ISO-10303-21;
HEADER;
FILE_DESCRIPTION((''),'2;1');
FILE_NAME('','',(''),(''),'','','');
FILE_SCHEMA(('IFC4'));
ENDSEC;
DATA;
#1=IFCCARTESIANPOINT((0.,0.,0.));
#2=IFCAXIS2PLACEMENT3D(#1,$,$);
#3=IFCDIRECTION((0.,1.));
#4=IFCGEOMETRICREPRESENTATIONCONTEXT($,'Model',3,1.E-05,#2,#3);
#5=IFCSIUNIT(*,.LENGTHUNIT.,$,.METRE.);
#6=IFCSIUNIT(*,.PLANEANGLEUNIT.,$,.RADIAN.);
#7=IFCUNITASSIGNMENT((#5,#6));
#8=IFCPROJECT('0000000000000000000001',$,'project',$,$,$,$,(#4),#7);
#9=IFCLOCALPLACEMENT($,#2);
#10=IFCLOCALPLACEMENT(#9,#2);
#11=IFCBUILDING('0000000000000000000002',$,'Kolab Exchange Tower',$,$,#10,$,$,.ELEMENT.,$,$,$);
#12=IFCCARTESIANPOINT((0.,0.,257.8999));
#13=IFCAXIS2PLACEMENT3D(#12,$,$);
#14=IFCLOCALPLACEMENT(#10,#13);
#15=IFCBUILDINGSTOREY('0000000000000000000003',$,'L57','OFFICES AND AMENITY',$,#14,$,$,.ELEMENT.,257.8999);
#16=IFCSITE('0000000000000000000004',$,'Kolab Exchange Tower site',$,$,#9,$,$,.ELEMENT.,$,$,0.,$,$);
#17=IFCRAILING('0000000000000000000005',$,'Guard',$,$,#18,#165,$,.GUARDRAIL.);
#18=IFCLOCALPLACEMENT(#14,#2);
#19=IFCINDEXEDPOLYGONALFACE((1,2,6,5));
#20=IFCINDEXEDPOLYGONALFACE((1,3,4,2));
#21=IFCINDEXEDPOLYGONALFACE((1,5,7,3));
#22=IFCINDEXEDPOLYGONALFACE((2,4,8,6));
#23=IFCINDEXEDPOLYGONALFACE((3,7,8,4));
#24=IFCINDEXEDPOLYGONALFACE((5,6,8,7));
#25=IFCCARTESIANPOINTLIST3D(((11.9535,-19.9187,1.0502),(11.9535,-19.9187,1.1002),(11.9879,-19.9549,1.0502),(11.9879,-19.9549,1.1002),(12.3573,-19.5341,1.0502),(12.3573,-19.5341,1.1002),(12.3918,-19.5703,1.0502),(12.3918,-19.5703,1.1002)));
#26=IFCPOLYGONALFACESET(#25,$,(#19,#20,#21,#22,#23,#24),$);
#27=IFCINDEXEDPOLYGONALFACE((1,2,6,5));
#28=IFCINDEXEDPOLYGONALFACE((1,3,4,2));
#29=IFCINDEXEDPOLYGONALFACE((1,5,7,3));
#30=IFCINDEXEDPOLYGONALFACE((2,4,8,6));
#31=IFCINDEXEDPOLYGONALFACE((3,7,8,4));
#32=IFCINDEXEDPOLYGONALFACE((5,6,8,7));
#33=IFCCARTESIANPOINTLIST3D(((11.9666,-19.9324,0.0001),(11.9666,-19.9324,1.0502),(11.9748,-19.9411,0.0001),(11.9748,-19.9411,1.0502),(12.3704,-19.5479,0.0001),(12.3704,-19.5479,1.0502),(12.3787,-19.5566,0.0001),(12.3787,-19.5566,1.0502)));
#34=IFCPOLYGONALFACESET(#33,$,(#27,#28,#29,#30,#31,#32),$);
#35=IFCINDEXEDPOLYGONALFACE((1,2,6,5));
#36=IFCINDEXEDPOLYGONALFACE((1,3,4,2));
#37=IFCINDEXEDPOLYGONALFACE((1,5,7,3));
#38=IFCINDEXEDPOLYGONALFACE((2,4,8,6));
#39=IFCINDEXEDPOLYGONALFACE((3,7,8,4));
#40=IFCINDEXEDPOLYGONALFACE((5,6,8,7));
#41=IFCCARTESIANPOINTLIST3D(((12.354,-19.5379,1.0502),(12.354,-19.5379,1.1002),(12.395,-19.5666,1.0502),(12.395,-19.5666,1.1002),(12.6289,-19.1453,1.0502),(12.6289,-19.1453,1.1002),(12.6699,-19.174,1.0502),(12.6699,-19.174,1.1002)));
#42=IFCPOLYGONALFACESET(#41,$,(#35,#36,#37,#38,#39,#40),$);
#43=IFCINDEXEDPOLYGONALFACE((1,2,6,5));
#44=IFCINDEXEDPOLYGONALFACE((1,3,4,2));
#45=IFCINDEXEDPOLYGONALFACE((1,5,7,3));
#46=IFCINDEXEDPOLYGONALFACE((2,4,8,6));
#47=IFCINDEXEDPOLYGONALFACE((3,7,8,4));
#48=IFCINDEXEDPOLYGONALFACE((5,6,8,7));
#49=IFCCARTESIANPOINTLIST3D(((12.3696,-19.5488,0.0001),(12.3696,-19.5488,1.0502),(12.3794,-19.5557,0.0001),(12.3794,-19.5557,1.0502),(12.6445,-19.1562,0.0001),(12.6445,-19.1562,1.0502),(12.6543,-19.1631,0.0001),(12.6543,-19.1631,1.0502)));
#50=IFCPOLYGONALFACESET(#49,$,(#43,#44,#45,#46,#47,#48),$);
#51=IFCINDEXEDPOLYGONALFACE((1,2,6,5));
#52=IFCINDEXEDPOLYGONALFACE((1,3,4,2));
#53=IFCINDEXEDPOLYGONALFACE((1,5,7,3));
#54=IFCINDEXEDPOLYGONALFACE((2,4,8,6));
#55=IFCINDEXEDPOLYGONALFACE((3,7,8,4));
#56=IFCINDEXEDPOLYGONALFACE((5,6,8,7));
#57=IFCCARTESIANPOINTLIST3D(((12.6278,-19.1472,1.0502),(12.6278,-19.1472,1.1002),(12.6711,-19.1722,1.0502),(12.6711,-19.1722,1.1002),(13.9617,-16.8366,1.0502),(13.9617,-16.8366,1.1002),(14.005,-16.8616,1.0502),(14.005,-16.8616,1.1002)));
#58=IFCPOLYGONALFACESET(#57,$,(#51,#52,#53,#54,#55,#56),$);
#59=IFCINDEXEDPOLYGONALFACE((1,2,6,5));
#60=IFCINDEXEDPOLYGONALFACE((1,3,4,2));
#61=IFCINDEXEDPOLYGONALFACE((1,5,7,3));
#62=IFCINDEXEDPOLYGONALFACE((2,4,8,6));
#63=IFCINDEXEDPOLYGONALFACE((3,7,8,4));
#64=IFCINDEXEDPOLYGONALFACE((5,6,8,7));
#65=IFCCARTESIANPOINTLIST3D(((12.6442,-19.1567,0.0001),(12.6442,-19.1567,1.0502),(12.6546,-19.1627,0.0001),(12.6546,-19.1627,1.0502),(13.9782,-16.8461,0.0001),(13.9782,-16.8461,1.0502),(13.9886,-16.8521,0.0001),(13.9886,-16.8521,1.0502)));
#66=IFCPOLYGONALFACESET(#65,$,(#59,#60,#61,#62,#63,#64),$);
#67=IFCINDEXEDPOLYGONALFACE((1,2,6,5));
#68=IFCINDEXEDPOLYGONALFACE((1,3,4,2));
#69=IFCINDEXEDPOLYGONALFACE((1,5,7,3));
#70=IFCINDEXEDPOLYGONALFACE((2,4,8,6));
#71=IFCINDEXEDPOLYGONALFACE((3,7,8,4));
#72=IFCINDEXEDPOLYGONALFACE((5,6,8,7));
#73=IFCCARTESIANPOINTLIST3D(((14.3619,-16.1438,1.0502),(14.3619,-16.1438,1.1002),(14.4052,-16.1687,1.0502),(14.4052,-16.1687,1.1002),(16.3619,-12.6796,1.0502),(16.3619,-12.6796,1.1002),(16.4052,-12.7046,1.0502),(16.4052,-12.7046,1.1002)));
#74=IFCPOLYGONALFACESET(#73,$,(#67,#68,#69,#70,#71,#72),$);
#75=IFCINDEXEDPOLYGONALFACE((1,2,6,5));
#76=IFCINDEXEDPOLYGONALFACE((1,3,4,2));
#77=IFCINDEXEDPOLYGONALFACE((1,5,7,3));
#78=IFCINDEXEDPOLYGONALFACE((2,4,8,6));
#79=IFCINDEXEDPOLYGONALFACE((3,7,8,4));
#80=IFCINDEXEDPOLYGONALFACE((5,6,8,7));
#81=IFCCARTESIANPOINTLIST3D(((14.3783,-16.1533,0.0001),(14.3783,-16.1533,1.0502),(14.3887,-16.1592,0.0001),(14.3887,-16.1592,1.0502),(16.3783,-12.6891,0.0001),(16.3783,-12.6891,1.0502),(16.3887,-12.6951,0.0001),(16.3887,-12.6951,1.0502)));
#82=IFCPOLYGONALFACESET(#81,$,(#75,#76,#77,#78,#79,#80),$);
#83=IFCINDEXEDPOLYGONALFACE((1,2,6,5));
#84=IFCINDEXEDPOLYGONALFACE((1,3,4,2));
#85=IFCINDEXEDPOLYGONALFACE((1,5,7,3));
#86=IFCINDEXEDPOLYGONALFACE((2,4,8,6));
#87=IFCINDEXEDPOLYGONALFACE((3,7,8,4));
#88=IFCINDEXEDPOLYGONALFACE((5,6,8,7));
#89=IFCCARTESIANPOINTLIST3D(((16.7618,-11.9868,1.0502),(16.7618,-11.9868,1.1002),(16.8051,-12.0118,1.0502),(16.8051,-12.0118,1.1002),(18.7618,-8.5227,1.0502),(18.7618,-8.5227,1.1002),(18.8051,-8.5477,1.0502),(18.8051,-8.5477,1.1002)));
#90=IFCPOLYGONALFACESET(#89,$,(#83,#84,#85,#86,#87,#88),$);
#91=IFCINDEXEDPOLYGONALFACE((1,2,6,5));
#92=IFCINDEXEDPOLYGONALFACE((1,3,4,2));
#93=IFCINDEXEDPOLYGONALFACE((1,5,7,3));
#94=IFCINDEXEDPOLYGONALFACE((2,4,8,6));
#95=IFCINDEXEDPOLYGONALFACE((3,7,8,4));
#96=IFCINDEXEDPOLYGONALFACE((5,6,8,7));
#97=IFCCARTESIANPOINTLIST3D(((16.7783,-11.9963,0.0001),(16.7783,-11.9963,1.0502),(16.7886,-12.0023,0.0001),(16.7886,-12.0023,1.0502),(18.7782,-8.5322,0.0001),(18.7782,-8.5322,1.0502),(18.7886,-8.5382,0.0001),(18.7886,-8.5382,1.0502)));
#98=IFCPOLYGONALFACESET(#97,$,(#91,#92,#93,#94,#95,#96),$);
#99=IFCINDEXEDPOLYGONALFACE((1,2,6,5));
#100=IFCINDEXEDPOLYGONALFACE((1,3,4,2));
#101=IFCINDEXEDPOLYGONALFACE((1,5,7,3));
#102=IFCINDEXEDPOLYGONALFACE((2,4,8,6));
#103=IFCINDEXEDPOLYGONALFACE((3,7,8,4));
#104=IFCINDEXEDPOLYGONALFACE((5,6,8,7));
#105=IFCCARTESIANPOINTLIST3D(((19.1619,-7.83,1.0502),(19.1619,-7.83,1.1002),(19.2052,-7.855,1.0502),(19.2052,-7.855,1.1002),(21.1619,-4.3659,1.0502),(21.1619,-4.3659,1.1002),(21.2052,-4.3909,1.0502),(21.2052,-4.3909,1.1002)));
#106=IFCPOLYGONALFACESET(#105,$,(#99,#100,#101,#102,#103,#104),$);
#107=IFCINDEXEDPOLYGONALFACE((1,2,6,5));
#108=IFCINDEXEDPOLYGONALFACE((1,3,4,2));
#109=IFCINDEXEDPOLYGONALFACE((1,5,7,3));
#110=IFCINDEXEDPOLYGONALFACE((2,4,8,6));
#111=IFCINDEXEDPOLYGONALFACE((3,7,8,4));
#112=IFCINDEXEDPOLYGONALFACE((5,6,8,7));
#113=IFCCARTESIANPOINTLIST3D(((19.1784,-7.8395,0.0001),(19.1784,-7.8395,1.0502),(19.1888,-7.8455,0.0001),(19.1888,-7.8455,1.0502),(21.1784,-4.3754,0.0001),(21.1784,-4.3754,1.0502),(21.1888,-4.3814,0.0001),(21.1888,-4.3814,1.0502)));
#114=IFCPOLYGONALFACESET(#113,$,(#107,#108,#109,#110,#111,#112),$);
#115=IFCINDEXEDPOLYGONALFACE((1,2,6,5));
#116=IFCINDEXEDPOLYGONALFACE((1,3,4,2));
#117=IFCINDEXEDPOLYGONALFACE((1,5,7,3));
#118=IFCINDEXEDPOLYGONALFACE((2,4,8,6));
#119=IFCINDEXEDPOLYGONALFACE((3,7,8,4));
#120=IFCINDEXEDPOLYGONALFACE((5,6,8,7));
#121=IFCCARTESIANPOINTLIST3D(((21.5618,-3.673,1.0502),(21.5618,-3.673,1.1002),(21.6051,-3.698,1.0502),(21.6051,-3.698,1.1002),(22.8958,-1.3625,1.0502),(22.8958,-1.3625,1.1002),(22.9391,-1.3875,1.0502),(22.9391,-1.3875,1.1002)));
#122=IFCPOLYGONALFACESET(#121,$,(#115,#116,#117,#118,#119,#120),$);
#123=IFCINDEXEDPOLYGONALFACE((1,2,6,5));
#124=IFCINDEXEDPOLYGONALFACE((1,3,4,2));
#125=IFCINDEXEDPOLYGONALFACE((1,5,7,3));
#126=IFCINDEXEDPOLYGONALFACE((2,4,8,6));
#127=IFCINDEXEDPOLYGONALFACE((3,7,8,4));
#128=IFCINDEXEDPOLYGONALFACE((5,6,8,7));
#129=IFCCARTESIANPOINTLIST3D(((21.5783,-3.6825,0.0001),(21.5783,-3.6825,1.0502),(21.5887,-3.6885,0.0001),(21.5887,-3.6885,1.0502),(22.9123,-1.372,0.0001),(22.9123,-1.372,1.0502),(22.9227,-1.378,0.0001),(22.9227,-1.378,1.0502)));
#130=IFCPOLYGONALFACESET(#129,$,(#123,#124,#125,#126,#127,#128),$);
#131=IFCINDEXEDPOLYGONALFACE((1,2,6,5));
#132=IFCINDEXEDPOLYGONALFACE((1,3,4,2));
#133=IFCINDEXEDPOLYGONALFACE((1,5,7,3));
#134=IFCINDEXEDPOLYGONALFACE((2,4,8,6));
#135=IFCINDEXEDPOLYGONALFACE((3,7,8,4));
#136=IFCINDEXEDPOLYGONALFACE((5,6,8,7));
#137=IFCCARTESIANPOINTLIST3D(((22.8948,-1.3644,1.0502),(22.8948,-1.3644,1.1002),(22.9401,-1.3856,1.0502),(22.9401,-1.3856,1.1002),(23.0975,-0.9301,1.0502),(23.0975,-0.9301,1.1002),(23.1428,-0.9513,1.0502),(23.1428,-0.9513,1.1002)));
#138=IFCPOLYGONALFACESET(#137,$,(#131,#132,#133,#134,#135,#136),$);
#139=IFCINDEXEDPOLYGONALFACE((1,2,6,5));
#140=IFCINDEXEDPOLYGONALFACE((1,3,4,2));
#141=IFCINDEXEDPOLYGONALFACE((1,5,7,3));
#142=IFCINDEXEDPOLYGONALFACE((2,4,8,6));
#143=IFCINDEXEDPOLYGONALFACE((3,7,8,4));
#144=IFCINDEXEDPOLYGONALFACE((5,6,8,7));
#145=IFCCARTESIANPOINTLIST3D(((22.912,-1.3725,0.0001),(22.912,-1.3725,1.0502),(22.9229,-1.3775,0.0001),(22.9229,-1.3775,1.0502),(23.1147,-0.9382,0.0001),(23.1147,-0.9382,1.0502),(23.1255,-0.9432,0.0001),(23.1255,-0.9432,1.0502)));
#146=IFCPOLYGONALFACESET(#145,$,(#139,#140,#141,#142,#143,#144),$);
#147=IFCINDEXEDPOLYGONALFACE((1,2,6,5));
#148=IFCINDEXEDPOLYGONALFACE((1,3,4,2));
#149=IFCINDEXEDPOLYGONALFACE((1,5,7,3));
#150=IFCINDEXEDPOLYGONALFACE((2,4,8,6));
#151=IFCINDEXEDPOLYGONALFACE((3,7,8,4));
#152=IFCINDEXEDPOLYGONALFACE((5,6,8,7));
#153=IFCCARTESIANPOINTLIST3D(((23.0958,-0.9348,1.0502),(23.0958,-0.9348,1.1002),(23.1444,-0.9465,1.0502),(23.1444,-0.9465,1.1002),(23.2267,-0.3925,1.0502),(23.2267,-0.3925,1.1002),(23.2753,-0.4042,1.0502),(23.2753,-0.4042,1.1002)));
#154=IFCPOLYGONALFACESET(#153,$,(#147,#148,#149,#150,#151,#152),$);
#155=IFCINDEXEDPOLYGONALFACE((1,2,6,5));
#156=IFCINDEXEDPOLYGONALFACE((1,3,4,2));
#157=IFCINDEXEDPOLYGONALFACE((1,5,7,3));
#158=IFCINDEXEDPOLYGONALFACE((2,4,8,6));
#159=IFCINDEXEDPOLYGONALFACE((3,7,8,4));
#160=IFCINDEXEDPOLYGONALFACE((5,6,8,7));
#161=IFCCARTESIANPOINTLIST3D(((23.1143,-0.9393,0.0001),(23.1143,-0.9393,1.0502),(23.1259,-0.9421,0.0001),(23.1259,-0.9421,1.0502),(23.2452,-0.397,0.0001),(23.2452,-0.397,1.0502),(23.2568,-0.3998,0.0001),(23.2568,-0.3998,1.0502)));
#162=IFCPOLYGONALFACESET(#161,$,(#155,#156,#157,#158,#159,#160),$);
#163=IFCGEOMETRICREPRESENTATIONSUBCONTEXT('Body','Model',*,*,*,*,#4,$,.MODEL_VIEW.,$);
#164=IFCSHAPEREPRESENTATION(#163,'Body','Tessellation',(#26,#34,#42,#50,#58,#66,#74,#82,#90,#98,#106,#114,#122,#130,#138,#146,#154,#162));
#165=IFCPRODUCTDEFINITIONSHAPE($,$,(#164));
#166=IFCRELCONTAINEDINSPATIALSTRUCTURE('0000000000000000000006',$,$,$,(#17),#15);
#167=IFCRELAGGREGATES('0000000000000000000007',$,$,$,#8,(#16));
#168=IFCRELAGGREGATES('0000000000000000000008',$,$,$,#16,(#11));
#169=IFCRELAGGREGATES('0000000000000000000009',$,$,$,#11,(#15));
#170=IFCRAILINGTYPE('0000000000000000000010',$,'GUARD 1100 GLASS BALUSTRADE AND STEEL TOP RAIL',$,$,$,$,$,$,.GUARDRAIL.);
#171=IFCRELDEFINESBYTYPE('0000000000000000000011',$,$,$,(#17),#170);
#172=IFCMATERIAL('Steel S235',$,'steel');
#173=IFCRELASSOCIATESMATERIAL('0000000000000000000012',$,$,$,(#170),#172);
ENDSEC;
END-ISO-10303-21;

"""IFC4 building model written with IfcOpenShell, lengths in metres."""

from ifc_helpers import new_model, si_unit, direction, frame, frame_2d, origin, origin_2d, place, context, subcontext, project, spatial, rectangle, extrude, material, type_object, element, save


model = new_model("IFC4")

# Units and contexts
model_context = context("Model", 3, precision=1e-05, world=origin(), true_north=direction((0.0, 1.0)))
body_context = subcontext(model_context, "Body", "Model", "MODEL_VIEW")
ifc_project = project(units=[si_unit("LENGTHUNIT", "METRE"), si_unit("PLANEANGLEUNIT", "RADIAN")], contexts=[model_context])

# Site, building, storey
site_placement = place(None, origin())
site = spatial("IfcSite", under=ifc_project, at=site_placement, Name="Kolab Exchange Tower site", CompositionType="ELEMENT", RefElevation=0.0)
building_placement = place(site_placement, origin())
building = spatial("IfcBuilding", under=site, at=building_placement, Name="Kolab Exchange Tower", CompositionType="ELEMENT")
storey_placement = place(building_placement, frame((0.0, 0.0, 257.8999)))
storey = spatial("IfcBuildingStorey", under=building, at=storey_placement, Name="L57", Description="OFFICES AND AMENITY", CompositionType="ELEMENT", Elevation=257.8999)

# Railing
ifc_material_1 = material(Name="Steel S235", Category="steel")
railing_type = type_object("IfcRailingType", Name="GUARD 1100 GLASS BALUSTRADE AND STEEL TOP RAIL", PredefinedType="GUARDRAIL", material=ifc_material_1)
railing_placement = place(storey_placement, frame((11.9707, -19.9368, 0.0)))
element("IfcRailing", 1, at=railing_placement, inside=storey, type_object=railing_type, Name="Guard", PredefinedType="GUARDRAIL", context=body_context, shape_type="SweptSolid", body=[
    extrude(rectangle(XDim=0.05, YDim=0.05, at=origin_2d()), frame((0.0, 0.0, 1.0752), z_axis=(0.72419, 0.689601, 0.0), x_axis=(-0.689601, 0.72419, 0.0)), (0.0, 0.0, 1.0), 0.5576),
    extrude(rectangle(XDim=0.012, YDim=1.0501, at=frame_2d((0.0, 0.5251))), frame((0.0, 0.0, 0.0), z_axis=(0.72419, 0.689601, 0.0), x_axis=(-0.689601, 0.72419, 0.0)), (0.0, 0.0, 1.0), 0.5576),
    extrude(rectangle(XDim=0.05, YDim=0.05, at=origin_2d()), frame((0.4038, 0.3845, 1.0752), z_axis=(0.573599, 0.819136, 0.0), x_axis=(-0.819136, 0.573599, 0.0)), (0.0, 0.0, 1.0), 0.4792),
    extrude(rectangle(XDim=0.012, YDim=1.0501, at=frame_2d((0.0, 0.5251))), frame((0.4038, 0.3845, 0.0), z_axis=(0.573599, 0.819136, 0.0), x_axis=(-0.819136, 0.573599, 0.0)), (0.0, 0.0, 1.0), 0.4792),
    extrude(rectangle(XDim=0.05, YDim=0.05, at=origin_2d()), frame((0.6787, 0.7771, 1.0752), z_axis=(0.499997, 0.866027, 0.0), x_axis=(-0.866027, 0.499997, 0.0)), (0.0, 0.0, 1.0), 2.668),
    extrude(rectangle(XDim=0.012, YDim=1.0501, at=frame_2d((0.0, 0.5251))), frame((0.6787, 0.7771, 0.0), z_axis=(0.499997, 0.866027, 0.0), x_axis=(-0.866027, 0.499997, 0.0)), (0.0, 0.0, 1.0), 2.668),
    extrude(rectangle(XDim=0.05, YDim=0.05, at=origin_2d()), frame((2.4128, 3.7805, 1.0752), z_axis=(0.499999, 0.866026, 0.0), x_axis=(-0.866026, 0.499999, 0.0)), (0.0, 0.0, 1.0), 4.0),
    extrude(rectangle(XDim=0.012, YDim=1.0501, at=frame_2d((0.0, 0.5251))), frame((2.4128, 3.7805, 0.0), z_axis=(0.499999, 0.866026, 0.0), x_axis=(-0.866026, 0.499999, 0.0)), (0.0, 0.0, 1.0), 4.0),
    extrude(rectangle(XDim=0.05, YDim=0.05, at=origin_2d()), frame((4.8127, 7.9375, 1.0752), z_axis=(0.499999, 0.866026, 0.0), x_axis=(-0.866026, 0.499999, 0.0)), (0.0, 0.0, 1.0), 4.0),
    extrude(rectangle(XDim=0.012, YDim=1.0501, at=frame_2d((0.0, 0.5251))), frame((4.8127, 7.9375, 0.0), z_axis=(0.499999, 0.866026, 0.0), x_axis=(-0.866026, 0.499999, 0.0)), (0.0, 0.0, 1.0), 4.0),
    extrude(rectangle(XDim=0.05, YDim=0.05, at=origin_2d()), frame((7.2129, 12.0942, 1.0752), z_axis=(0.499999, 0.866026, 0.0), x_axis=(-0.866026, 0.499999, 0.0)), (0.0, 0.0, 1.0), 4.0),
    extrude(rectangle(XDim=0.012, YDim=1.0501, at=frame_2d((0.0, 0.5251))), frame((7.2129, 12.0942, 0.0), z_axis=(0.499999, 0.866026, 0.0), x_axis=(-0.866026, 0.499999, 0.0)), (0.0, 0.0, 1.0), 4.0),
    extrude(rectangle(XDim=0.05, YDim=0.05, at=origin_2d()), frame((9.6128, 16.2512, 1.0752), z_axis=(0.499997, 0.866027, 0.0), x_axis=(-0.866027, 0.499997, 0.0)), (0.0, 0.0, 1.0), 2.668),
    extrude(rectangle(XDim=0.012, YDim=1.0501, at=frame_2d((0.0, 0.5251))), frame((9.6128, 16.2512, 0.0), z_axis=(0.499997, 0.866027, 0.0), x_axis=(-0.866027, 0.499997, 0.0)), (0.0, 0.0, 1.0), 2.668),
    extrude(rectangle(XDim=0.05, YDim=0.05, at=origin_2d()), frame((10.9468, 18.5618, 1.0752), z_axis=(0.422802, 0.906222, 0.0), x_axis=(-0.906222, 0.422802, 0.0)), (0.0, 0.0, 1.0), 0.4792),
    extrude(rectangle(XDim=0.012, YDim=1.0501, at=frame_2d((0.0, 0.5251))), frame((10.9468, 18.5618, 0.0), z_axis=(0.422802, 0.906222, 0.0), x_axis=(-0.906222, 0.422802, 0.0)), (0.0, 0.0, 1.0), 0.4792),
    extrude(rectangle(XDim=0.05, YDim=0.05, at=origin_2d()), frame((11.1494, 18.9961, 1.0752), z_axis=(0.234598, 0.972093, 0.0), x_axis=(-0.972093, 0.234598, 0.0)), (0.0, 0.0, 1.0), 0.5579),
    extrude(rectangle(XDim=0.012, YDim=1.0501, at=frame_2d((0.0, 0.5251))), frame((11.1494, 18.9961, 0.0), z_axis=(0.234598, 0.972093, 0.0), x_axis=(-0.972093, 0.234598, 0.0)), (0.0, 0.0, 1.0), 0.5579),
])

save(model, "model.ifc")
